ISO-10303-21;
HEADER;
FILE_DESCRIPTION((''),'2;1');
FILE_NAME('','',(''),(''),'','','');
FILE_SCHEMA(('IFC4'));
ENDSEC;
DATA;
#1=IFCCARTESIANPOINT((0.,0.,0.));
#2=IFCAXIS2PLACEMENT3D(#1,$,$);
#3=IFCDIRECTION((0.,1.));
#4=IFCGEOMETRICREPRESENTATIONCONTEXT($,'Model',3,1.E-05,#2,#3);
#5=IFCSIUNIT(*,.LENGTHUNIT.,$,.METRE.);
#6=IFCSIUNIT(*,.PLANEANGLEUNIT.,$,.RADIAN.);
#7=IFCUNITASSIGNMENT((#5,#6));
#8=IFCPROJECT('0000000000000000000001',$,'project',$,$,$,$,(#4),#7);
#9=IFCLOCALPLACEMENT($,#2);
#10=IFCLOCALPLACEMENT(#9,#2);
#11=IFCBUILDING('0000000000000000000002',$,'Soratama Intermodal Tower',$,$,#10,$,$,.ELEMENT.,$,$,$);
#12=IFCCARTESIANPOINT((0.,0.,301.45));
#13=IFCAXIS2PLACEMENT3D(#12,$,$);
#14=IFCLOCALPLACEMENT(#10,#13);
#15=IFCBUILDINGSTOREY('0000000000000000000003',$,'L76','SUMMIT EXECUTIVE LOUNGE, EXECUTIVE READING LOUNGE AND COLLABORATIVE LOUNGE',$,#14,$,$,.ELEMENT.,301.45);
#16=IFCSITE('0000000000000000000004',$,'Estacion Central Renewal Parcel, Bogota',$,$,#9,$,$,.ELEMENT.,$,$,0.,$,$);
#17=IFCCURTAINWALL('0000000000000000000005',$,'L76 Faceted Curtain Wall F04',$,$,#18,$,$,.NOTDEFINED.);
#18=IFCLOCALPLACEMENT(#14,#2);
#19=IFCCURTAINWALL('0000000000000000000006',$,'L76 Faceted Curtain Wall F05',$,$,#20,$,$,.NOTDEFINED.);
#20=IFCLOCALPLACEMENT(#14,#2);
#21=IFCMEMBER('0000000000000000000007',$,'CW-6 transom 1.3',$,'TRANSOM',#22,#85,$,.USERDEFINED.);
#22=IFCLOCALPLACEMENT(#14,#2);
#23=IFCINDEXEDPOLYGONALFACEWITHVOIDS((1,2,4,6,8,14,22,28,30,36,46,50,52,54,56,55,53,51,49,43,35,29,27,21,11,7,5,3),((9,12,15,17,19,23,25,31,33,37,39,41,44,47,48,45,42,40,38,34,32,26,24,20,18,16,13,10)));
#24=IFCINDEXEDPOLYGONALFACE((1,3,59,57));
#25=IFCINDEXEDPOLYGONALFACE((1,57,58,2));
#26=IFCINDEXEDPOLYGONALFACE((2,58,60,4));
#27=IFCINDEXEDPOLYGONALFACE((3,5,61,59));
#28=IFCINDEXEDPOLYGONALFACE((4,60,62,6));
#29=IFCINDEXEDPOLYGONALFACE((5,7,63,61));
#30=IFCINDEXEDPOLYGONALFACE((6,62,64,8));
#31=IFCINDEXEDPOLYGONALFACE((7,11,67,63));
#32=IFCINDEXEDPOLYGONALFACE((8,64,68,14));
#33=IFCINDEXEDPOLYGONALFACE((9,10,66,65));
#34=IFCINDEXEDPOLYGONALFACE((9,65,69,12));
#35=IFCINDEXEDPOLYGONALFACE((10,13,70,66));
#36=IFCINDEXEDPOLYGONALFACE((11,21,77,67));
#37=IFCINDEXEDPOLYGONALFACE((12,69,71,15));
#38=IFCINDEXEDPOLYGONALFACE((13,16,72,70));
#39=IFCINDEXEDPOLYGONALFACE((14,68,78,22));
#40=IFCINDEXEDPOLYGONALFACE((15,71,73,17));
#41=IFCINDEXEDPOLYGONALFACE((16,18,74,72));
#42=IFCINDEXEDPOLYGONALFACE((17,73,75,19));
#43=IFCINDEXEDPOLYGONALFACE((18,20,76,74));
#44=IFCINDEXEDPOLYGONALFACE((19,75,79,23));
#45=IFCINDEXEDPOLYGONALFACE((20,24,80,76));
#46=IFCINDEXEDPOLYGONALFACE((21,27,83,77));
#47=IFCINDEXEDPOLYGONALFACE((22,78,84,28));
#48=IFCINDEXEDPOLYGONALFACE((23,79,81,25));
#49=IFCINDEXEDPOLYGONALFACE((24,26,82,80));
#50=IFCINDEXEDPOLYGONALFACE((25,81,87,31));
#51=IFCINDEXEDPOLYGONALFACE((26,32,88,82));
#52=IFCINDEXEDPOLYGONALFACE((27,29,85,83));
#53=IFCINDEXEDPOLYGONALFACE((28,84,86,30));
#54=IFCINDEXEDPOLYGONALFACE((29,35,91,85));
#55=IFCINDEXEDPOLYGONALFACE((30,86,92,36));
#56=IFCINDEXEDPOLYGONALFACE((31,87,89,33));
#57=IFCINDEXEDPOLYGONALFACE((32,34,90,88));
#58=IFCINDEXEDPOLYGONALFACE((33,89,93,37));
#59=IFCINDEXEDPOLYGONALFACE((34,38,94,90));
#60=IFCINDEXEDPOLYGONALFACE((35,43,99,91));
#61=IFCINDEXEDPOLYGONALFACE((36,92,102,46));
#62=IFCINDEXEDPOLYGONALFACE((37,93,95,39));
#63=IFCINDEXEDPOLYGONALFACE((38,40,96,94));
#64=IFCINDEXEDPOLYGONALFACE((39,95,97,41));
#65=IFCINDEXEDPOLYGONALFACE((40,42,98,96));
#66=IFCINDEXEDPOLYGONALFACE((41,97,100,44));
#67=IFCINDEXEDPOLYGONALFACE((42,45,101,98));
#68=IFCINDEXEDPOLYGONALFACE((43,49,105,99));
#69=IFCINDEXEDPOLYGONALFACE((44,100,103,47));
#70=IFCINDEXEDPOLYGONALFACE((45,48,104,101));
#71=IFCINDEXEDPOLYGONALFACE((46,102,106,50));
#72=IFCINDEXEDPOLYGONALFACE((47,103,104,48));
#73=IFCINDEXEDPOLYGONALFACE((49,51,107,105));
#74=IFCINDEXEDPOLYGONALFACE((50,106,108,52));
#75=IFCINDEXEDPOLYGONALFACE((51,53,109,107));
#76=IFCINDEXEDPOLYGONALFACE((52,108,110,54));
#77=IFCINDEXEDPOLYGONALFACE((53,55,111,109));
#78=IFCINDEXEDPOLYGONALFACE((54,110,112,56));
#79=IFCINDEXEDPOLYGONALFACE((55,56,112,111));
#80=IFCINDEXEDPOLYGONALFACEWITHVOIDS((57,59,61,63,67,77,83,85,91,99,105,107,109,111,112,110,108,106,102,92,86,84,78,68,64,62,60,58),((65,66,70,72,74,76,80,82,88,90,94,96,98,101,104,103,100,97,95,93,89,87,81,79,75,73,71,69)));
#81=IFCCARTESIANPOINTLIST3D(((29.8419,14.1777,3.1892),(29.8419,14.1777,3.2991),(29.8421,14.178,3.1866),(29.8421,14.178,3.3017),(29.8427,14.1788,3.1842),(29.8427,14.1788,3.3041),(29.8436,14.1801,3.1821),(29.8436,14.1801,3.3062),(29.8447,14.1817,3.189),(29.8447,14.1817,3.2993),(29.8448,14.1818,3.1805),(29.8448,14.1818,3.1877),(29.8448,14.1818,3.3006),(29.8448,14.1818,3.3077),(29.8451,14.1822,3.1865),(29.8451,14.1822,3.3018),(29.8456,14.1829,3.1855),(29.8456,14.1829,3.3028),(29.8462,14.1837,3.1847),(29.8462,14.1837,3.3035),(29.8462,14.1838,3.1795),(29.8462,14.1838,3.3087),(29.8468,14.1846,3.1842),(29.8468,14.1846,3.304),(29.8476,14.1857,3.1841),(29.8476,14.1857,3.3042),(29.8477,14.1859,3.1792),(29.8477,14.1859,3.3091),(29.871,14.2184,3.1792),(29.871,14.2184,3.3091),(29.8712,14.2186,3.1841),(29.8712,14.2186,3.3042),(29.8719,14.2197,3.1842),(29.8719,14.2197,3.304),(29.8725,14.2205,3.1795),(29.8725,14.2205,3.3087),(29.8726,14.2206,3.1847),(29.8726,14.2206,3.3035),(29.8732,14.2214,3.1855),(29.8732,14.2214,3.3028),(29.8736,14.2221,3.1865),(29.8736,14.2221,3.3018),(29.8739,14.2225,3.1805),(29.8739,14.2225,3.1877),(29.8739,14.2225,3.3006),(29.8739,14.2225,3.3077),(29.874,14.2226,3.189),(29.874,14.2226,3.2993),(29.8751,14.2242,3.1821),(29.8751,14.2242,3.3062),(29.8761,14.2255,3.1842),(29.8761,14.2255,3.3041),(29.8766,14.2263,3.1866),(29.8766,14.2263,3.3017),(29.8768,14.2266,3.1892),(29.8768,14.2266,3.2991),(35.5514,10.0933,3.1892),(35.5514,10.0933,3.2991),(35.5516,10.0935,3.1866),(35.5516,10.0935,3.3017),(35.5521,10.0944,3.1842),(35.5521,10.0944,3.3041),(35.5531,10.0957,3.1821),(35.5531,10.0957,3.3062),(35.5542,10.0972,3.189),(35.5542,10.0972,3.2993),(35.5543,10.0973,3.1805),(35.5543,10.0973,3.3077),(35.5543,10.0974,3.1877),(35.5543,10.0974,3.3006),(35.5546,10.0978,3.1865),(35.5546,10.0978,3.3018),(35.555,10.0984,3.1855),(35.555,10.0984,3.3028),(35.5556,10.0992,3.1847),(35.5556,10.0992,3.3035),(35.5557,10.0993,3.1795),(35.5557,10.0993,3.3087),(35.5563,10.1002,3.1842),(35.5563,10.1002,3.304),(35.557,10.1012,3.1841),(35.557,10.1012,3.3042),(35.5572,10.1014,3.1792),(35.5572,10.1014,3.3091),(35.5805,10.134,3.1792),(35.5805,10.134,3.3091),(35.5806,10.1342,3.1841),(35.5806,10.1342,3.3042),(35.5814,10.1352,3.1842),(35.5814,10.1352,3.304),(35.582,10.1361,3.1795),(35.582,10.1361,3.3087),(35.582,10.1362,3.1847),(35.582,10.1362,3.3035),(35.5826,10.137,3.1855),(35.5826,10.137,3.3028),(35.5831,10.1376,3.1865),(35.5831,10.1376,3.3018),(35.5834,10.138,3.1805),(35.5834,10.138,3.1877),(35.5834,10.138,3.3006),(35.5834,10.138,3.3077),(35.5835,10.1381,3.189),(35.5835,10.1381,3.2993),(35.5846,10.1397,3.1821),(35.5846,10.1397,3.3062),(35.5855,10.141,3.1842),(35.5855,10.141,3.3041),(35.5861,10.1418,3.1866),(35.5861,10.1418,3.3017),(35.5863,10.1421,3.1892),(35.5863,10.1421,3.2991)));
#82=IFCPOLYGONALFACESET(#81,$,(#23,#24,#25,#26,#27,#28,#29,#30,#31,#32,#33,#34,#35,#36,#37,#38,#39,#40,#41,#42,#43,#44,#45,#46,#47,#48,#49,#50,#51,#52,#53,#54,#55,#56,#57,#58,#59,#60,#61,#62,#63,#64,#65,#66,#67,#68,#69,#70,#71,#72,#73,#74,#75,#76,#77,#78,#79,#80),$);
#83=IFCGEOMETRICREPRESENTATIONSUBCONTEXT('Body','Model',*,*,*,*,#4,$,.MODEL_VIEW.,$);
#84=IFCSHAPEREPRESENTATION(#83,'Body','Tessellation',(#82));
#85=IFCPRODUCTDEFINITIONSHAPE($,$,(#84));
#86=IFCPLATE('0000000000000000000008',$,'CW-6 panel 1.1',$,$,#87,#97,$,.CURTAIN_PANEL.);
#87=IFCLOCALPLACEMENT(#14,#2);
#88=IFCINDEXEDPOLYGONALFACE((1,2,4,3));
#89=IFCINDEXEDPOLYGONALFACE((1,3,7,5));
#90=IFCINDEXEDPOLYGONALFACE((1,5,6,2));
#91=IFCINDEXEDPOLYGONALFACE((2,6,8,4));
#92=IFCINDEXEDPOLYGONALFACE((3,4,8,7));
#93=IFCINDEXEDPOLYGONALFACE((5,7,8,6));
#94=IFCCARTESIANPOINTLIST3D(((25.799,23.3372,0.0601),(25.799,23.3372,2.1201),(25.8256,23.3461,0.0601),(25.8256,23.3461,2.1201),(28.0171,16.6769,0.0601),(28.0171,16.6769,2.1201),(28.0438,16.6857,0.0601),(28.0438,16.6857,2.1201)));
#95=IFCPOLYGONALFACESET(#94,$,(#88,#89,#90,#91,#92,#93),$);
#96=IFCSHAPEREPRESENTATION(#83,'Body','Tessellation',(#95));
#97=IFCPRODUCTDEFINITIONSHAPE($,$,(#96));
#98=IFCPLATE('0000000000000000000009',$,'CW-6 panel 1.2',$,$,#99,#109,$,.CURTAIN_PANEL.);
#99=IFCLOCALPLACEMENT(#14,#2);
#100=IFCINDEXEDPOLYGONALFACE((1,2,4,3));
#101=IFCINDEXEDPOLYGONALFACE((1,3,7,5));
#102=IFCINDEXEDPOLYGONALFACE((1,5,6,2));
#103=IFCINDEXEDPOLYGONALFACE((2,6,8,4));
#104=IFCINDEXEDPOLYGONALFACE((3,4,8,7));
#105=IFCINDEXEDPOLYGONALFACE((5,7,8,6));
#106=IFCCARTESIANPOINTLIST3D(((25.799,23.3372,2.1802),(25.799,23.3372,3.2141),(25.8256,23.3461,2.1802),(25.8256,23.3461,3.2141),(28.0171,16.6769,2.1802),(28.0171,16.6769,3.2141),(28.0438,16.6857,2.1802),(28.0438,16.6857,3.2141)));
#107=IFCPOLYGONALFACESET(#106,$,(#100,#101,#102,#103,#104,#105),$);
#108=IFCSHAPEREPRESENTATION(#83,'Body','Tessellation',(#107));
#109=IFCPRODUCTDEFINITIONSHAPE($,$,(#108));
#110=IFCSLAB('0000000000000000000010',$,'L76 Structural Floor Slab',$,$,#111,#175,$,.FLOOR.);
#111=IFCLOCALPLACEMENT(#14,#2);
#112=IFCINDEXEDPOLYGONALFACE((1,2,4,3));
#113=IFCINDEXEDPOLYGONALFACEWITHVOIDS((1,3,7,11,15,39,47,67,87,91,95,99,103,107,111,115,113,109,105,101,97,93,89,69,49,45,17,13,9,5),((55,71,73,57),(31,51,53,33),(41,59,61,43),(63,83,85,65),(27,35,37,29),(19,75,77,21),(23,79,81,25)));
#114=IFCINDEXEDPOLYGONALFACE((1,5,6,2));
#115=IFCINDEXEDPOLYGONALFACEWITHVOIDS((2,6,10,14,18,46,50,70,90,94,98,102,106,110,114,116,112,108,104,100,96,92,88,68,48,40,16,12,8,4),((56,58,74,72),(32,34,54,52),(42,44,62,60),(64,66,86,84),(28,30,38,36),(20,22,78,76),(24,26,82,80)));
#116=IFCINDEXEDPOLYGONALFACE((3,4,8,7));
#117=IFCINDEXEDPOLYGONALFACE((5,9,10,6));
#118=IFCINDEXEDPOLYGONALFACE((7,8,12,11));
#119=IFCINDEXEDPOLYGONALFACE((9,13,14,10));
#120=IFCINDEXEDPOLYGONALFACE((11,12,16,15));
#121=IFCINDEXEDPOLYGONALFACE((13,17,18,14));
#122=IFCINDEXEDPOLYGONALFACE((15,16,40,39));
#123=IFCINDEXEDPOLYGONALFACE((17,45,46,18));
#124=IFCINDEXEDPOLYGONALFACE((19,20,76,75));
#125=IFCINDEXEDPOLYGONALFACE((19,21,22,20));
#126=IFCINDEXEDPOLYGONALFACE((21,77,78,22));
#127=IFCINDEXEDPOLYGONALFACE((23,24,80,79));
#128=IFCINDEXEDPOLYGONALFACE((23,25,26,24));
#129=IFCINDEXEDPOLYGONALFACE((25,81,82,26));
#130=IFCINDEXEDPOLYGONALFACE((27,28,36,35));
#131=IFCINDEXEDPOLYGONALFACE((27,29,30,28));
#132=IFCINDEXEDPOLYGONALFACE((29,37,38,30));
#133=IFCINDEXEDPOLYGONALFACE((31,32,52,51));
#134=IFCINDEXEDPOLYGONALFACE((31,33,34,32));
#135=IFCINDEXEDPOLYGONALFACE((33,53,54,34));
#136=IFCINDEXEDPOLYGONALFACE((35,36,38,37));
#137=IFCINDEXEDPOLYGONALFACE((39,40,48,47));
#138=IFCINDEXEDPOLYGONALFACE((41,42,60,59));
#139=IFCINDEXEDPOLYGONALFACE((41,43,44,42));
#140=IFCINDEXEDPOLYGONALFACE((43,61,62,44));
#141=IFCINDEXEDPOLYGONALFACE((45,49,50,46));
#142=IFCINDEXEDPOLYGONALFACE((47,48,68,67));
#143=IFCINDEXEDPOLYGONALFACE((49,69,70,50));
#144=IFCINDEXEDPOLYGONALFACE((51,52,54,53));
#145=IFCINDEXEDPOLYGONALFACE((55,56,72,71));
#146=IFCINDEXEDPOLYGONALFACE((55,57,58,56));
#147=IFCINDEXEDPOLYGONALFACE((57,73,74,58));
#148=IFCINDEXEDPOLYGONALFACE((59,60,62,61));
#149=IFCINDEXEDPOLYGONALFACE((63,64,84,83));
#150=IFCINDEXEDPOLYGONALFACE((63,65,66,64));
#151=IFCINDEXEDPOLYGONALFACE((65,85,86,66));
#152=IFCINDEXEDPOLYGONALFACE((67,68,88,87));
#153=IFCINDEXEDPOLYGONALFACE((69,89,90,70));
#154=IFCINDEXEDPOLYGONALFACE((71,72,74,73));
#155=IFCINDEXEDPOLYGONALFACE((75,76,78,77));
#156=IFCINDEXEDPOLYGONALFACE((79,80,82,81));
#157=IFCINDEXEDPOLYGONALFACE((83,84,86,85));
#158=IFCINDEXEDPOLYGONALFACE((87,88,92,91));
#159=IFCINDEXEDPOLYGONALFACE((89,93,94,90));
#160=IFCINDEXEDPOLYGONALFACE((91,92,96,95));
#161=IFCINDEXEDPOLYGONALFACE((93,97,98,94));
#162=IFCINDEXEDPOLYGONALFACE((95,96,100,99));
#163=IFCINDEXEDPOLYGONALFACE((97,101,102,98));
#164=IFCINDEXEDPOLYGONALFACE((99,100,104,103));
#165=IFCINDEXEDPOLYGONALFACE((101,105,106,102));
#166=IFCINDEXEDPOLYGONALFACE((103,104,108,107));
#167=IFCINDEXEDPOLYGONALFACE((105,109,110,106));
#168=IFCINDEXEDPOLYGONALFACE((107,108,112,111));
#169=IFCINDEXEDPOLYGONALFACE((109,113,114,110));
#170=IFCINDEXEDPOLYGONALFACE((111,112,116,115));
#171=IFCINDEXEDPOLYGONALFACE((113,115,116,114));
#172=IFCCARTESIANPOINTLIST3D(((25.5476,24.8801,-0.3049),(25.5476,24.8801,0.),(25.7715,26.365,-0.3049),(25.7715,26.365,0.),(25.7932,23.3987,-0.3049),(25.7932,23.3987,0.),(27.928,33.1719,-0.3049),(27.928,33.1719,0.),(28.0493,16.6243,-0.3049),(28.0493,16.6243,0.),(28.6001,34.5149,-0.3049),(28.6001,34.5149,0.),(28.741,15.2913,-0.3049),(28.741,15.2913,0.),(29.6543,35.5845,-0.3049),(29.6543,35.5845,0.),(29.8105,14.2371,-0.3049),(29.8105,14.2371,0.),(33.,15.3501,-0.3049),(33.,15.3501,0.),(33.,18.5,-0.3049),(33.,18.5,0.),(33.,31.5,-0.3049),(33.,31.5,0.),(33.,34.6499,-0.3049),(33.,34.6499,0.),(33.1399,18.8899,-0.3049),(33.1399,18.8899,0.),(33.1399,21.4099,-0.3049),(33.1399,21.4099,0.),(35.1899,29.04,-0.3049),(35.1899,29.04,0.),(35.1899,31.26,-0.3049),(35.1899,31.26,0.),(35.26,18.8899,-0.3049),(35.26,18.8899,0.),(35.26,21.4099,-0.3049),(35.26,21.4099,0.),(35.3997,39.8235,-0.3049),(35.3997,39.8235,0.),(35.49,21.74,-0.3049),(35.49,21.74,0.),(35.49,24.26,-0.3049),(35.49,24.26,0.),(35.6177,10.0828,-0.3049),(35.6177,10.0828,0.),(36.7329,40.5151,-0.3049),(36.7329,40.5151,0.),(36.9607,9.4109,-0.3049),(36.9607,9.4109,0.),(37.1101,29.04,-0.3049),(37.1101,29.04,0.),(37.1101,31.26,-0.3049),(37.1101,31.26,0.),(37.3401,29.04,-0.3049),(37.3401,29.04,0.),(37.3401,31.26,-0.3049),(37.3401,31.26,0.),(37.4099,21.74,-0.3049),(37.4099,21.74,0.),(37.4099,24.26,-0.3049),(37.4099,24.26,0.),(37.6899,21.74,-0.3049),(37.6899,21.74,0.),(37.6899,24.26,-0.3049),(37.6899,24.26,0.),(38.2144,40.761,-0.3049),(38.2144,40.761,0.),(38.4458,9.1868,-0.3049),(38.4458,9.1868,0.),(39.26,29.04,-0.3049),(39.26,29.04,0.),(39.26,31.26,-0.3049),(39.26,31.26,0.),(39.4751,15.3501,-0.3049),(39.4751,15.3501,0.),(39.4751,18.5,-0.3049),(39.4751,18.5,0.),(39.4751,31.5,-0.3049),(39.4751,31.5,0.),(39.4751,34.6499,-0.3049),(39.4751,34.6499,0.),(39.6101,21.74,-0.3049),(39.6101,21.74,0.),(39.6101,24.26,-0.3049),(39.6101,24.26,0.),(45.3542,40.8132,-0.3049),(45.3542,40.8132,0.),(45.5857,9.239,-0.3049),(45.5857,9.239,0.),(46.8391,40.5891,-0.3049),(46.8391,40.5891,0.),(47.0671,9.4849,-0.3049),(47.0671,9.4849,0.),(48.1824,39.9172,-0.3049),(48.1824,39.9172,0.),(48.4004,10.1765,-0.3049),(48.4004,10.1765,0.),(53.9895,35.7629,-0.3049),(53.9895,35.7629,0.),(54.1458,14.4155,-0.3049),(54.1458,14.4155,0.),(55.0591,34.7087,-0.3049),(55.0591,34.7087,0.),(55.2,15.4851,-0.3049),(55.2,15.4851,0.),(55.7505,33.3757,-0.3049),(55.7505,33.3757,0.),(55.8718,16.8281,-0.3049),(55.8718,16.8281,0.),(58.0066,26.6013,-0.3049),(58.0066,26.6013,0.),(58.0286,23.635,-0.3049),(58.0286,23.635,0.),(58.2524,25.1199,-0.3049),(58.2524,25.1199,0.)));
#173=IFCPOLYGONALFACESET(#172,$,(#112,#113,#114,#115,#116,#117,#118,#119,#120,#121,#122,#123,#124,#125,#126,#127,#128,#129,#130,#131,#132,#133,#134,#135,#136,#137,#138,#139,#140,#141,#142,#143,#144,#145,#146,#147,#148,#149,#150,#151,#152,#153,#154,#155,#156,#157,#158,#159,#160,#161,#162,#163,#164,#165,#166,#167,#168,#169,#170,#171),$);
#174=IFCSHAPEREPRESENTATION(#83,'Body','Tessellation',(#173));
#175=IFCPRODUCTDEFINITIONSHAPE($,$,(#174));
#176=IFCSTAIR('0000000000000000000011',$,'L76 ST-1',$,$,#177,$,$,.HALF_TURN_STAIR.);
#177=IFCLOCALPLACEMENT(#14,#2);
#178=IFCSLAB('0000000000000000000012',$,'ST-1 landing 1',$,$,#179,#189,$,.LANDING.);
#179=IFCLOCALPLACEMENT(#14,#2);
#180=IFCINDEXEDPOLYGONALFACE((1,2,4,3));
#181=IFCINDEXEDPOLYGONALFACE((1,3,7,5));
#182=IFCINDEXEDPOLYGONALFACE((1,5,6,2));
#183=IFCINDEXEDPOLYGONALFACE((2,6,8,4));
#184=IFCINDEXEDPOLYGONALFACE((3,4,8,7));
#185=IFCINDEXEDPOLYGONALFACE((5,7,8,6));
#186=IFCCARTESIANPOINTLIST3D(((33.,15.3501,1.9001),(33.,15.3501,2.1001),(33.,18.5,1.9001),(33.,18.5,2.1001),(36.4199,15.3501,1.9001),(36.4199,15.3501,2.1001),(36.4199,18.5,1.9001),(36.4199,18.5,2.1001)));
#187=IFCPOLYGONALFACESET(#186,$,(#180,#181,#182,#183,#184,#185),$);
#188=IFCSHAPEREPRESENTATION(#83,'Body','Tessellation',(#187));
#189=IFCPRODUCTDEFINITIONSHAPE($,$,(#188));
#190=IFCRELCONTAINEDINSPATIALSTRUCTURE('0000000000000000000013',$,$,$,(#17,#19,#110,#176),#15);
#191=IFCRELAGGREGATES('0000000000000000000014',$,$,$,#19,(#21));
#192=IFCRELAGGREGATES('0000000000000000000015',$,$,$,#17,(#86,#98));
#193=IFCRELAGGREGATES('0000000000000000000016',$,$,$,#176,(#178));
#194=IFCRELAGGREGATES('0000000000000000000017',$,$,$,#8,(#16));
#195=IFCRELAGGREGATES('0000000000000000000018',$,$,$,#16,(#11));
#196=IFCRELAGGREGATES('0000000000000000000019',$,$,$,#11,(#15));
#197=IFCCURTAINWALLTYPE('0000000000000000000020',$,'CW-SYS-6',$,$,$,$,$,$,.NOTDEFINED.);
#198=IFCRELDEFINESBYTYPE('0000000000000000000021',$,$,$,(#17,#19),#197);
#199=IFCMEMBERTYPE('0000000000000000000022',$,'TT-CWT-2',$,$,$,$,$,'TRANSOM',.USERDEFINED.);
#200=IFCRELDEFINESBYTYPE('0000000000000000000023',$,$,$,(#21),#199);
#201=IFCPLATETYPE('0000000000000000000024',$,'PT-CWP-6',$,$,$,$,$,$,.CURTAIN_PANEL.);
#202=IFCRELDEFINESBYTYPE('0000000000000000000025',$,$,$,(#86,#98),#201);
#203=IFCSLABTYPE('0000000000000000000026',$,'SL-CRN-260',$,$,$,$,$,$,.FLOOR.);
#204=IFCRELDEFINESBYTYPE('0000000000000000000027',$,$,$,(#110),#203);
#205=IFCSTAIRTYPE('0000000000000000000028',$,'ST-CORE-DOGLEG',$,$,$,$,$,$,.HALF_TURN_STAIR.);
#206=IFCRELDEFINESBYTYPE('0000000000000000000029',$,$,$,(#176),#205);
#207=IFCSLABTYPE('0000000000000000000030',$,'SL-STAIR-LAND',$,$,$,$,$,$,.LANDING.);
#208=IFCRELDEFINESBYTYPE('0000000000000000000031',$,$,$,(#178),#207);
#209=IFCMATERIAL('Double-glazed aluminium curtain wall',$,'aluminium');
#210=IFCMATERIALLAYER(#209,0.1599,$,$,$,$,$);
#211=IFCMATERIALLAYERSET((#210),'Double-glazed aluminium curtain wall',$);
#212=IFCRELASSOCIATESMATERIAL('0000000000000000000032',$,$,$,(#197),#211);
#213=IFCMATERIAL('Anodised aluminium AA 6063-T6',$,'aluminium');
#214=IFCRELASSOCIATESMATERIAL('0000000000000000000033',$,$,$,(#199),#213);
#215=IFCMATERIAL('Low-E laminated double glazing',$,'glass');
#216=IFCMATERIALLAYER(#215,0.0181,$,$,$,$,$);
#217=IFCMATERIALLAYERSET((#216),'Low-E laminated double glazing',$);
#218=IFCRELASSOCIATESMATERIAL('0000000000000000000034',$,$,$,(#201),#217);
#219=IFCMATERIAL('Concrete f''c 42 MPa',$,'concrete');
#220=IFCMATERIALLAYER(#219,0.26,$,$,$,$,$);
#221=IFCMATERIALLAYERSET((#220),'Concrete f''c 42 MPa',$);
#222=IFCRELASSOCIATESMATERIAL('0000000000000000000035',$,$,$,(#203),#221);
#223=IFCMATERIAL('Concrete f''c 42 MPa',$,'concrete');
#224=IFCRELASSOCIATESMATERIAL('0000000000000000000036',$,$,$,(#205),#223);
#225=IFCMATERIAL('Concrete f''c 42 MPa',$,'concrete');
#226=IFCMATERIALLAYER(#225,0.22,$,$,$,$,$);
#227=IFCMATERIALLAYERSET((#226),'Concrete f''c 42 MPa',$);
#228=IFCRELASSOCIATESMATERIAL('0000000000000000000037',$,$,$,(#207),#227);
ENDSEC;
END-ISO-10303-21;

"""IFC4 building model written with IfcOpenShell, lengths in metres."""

from ifc_helpers import new_model, si_unit, direction, frame, origin, origin_2d, place, context, subcontext, project, spatial, polyline, rectangle, hollow_rectangle, outline, extrude, material, layer, layer_set, material_profile, profile_set, type_object, element, aggregate, save


model = new_model("IFC4")

# Units and contexts
model_context = context("Model", 3, precision=1e-05, world=origin(), true_north=direction((0.0, 1.0)))
body_context = subcontext(model_context, "Body", "Model", "MODEL_VIEW")
ifc_project = project(units=[si_unit("LENGTHUNIT", "METRE"), si_unit("PLANEANGLEUNIT", "RADIAN")], contexts=[model_context])

# Site, building, storey
site_placement = place(None, origin())
site = spatial("IfcSite", under=ifc_project, at=site_placement, Name="Estacion Central Renewal Parcel, Bogota", CompositionType="ELEMENT", RefElevation=0.0)
building_placement = place(site_placement, origin())
building = spatial("IfcBuilding", under=site, at=building_placement, Name="Soratama Intermodal Tower", CompositionType="ELEMENT")
storey_placement = place(building_placement, frame((0.0, 0.0, 301.45)))
storey = spatial("IfcBuildingStorey", under=building, at=storey_placement, Name="L76", Description="SUMMIT EXECUTIVE LOUNGE, EXECUTIVE READING LOUNGE AND COLLABORATIVE LOUNGE", CompositionType="ELEMENT", Elevation=301.45)

# Curtain wall
ifc_material_1 = material(Name="Double-glazed aluminium curtain wall", Category="aluminium")
ifc_layer_1 = layer(ifc_material_1, 0.1599)
ifc_layer_set_1 = layer_set([ifc_layer_1], Name="Double-glazed aluminium curtain wall")
curtain_wall_type = type_object("IfcCurtainWallType", Name="CW-SYS-6", PredefinedType="NOTDEFINED", material=ifc_layer_set_1)
curtain_wall_1_placement = place(storey_placement, origin())
curtain_wall_1 = element("IfcCurtainWall", 1, at=curtain_wall_1_placement, inside=storey, type_object=curtain_wall_type, Name="L76 Faceted Curtain Wall F04", PredefinedType="NOTDEFINED")

# Curtain wall
curtain_wall_2_placement = place(storey_placement, origin())
curtain_wall_2 = element("IfcCurtainWall", 2, at=curtain_wall_2_placement, inside=storey, type_object=curtain_wall_type, Name="L76 Faceted Curtain Wall F05", PredefinedType="NOTDEFINED")

# Member
ifc_material_2 = material(Name="Anodised aluminium AA 6063-T6", Category="aluminium")
ifc_material_profile_1 = material_profile(ifc_material_2, hollow_rectangle(XDim=0.0601, YDim=0.1299, WallThickness=0.0049, InnerFilletRadius=0.0049, OuterFilletRadius=0.01, at=origin_2d()), Name="CWT130X60X5")
ifc_profile_set_1 = profile_set([ifc_material_profile_1], Name="Anodised aluminium AA 6063-T6")
member_type_1 = type_object("IfcMemberType", Name="TT-CWT-2", ElementType="TRANSOM", PredefinedType="USERDEFINED", material=ifc_profile_set_1)
member_1_placement = place(storey_placement, frame((29.8594, 14.2021, 3.2441), z_axis=(0.81331, -0.58183, 0.0), x_axis=(0.58183, 0.81331, 0.0)))
member_1 = element("IfcMember", 3, at=member_1_placement, type_object=member_type_1, Name="CW-6 transom 1.3", ObjectType="TRANSOM", PredefinedType="USERDEFINED", context=body_context, shape_type="SweptSolid", body=[
    extrude(hollow_rectangle(XDim=0.0601, YDim=0.1299, WallThickness=0.0049, InnerFilletRadius=0.0049, OuterFilletRadius=0.01, at=origin_2d()), origin(), (0.0, 0.0, 1.0), 7.02),
])
aggregate(curtain_wall_2, [member_1])

# Plates
ifc_material_3 = material(Name="Low-E laminated double glazing", Category="glass")
ifc_layer_2 = layer(ifc_material_3, 0.0181)
ifc_layer_set_2 = layer_set([ifc_layer_2], Name="Low-E laminated double glazing")
plate_type = type_object("IfcPlateType", Name="PT-CWP-6", PredefinedType="CURTAIN_PANEL", material=ifc_layer_set_2)
plate_1_placement = place(storey_placement, frame((26.9214, 20.0115, 0.0601), z_axis=(0.0, 0.0, 1.0), x_axis=(0.315976, -0.948767, 0.0)))
plate_1 = element("IfcPlate", 4, at=plate_1_placement, type_object=plate_type, Name="CW-6 panel 1.1", PredefinedType="CURTAIN_PANEL", context=body_context, shape_type="SweptSolid", body=[
    extrude(rectangle(XDim=7.02, YDim=0.0281, at=origin_2d()), origin(), (0.0, 0.0, 1.0), 2.0601),
])
plate_2_placement = place(storey_placement, frame((26.9214, 20.0115, 2.1802), z_axis=(0.0, 0.0, 1.0), x_axis=(0.315976, -0.948767, 0.0)))
plate_2 = element("IfcPlate", 5, at=plate_2_placement, type_object=plate_type, Name="CW-6 panel 1.2", PredefinedType="CURTAIN_PANEL", context=body_context, shape_type="SweptSolid", body=[
    extrude(rectangle(XDim=7.02, YDim=0.0281, at=origin_2d()), origin(), (0.0, 0.0, 1.0), 1.0339),
])
aggregate(curtain_wall_1, [plate_1, plate_2])

# Slab
ifc_material_4 = material(Name="Concrete f'c 42 MPa", Category="concrete")
ifc_layer_3 = layer(ifc_material_4, 0.26)
ifc_layer_set_3 = layer_set([ifc_layer_3], Name="Concrete f'c 42 MPa")
slab_type_1 = type_object("IfcSlabType", Name="SL-CRN-260", PredefinedType="FLOOR", material=ifc_layer_set_3)
slab_1_placement = place(storey_placement, frame((0.0, 0.0, -0.3049)))
element("IfcSlab", 6, at=slab_1_placement, inside=storey, type_object=slab_type_1, Name="L76 Structural Floor Slab", PredefinedType="FLOOR", context=body_context, shape_type="SweptSolid", body=[
    extrude(outline(polyline([(48.1824, 39.9172), (46.8391, 40.5891), (45.3542, 40.8132), (38.2144, 40.761), (36.7329, 40.5151), (35.3997, 39.8235), (29.6543, 35.5845), (28.6001, 34.5149), (27.928, 33.1719), (25.7715, 26.365), (25.5476, 24.8801), (25.7932, 23.3987), (28.0493, 16.6243), (28.741, 15.2913), (29.8105, 14.2371), (35.6177, 10.0828), (36.9607, 9.4109), (38.4458, 9.1868), (45.5857, 9.239), (47.0671, 9.4849), (48.4004, 10.1765), (54.1458, 14.4155), (55.2, 15.4851), (55.8718, 16.8281), (58.0286, 23.635), (58.2524, 25.1199), (58.0066, 26.6013), (55.7505, 33.3757), (55.0591, 34.7087), (53.9895, 35.7629), (48.1824, 39.9172)]), holes=[polyline([(33.0, 15.3501), (39.4751, 15.3501), (39.4751, 18.5), (33.0, 18.5), (33.0, 15.3501)]), polyline([(35.26, 21.4099), (33.1399, 21.4099), (33.1399, 18.8899), (35.26, 18.8899), (35.26, 21.4099)]), polyline([(37.4099, 24.26), (35.49, 24.26), (35.49, 21.74), (37.4099, 21.74), (37.4099, 24.26)]), polyline([(39.6101, 24.26), (37.6899, 24.26), (37.6899, 21.74), (39.6101, 21.74), (39.6101, 24.26)]), polyline([(37.1101, 31.26), (35.1899, 31.26), (35.1899, 29.04), (37.1101, 29.04), (37.1101, 31.26)]), polyline([(39.26, 31.26), (37.3401, 31.26), (37.3401, 29.04), (39.26, 29.04), (39.26, 31.26)]), polyline([(33.0, 34.6499), (33.0, 31.5), (39.4751, 31.5), (39.4751, 34.6499), (33.0, 34.6499)])]), origin(), (0.0, 0.0, 1.0), 0.3049),
])

# Stair, slab
ifc_material_5 = material(Name="Concrete f'c 42 MPa", Category="concrete")
stair_type = type_object("IfcStairType", Name="ST-CORE-DOGLEG", PredefinedType="HALF_TURN_STAIR", material=ifc_material_5)
stair_1_placement = place(storey_placement, origin())
stair_1 = element("IfcStair", 7, at=stair_1_placement, inside=storey, type_object=stair_type, Name="L76 ST-1", PredefinedType="HALF_TURN_STAIR")
ifc_material_6 = material(Name="Concrete f'c 42 MPa", Category="concrete")
ifc_layer_4 = layer(ifc_material_6, 0.22)
ifc_layer_set_4 = layer_set([ifc_layer_4], Name="Concrete f'c 42 MPa")
slab_type_2 = type_object("IfcSlabType", Name="SL-STAIR-LAND", PredefinedType="LANDING", material=ifc_layer_set_4)
slab_2_placement = place(storey_placement, frame((0.0, 0.0, 1.9001)))
slab_2 = element("IfcSlab", 8, at=slab_2_placement, type_object=slab_type_2, Name="ST-1 landing 1", PredefinedType="LANDING", context=body_context, shape_type="SweptSolid", body=[
    extrude(outline(polyline([(36.4199, 18.5), (33.0, 18.5), (33.0, 15.3501), (36.4199, 15.3501), (36.4199, 18.5)])), origin(), (0.0, 0.0, 1.0), 0.2),
])
aggregate(stair_1, [slab_2])

save(model, "model.ifc")
